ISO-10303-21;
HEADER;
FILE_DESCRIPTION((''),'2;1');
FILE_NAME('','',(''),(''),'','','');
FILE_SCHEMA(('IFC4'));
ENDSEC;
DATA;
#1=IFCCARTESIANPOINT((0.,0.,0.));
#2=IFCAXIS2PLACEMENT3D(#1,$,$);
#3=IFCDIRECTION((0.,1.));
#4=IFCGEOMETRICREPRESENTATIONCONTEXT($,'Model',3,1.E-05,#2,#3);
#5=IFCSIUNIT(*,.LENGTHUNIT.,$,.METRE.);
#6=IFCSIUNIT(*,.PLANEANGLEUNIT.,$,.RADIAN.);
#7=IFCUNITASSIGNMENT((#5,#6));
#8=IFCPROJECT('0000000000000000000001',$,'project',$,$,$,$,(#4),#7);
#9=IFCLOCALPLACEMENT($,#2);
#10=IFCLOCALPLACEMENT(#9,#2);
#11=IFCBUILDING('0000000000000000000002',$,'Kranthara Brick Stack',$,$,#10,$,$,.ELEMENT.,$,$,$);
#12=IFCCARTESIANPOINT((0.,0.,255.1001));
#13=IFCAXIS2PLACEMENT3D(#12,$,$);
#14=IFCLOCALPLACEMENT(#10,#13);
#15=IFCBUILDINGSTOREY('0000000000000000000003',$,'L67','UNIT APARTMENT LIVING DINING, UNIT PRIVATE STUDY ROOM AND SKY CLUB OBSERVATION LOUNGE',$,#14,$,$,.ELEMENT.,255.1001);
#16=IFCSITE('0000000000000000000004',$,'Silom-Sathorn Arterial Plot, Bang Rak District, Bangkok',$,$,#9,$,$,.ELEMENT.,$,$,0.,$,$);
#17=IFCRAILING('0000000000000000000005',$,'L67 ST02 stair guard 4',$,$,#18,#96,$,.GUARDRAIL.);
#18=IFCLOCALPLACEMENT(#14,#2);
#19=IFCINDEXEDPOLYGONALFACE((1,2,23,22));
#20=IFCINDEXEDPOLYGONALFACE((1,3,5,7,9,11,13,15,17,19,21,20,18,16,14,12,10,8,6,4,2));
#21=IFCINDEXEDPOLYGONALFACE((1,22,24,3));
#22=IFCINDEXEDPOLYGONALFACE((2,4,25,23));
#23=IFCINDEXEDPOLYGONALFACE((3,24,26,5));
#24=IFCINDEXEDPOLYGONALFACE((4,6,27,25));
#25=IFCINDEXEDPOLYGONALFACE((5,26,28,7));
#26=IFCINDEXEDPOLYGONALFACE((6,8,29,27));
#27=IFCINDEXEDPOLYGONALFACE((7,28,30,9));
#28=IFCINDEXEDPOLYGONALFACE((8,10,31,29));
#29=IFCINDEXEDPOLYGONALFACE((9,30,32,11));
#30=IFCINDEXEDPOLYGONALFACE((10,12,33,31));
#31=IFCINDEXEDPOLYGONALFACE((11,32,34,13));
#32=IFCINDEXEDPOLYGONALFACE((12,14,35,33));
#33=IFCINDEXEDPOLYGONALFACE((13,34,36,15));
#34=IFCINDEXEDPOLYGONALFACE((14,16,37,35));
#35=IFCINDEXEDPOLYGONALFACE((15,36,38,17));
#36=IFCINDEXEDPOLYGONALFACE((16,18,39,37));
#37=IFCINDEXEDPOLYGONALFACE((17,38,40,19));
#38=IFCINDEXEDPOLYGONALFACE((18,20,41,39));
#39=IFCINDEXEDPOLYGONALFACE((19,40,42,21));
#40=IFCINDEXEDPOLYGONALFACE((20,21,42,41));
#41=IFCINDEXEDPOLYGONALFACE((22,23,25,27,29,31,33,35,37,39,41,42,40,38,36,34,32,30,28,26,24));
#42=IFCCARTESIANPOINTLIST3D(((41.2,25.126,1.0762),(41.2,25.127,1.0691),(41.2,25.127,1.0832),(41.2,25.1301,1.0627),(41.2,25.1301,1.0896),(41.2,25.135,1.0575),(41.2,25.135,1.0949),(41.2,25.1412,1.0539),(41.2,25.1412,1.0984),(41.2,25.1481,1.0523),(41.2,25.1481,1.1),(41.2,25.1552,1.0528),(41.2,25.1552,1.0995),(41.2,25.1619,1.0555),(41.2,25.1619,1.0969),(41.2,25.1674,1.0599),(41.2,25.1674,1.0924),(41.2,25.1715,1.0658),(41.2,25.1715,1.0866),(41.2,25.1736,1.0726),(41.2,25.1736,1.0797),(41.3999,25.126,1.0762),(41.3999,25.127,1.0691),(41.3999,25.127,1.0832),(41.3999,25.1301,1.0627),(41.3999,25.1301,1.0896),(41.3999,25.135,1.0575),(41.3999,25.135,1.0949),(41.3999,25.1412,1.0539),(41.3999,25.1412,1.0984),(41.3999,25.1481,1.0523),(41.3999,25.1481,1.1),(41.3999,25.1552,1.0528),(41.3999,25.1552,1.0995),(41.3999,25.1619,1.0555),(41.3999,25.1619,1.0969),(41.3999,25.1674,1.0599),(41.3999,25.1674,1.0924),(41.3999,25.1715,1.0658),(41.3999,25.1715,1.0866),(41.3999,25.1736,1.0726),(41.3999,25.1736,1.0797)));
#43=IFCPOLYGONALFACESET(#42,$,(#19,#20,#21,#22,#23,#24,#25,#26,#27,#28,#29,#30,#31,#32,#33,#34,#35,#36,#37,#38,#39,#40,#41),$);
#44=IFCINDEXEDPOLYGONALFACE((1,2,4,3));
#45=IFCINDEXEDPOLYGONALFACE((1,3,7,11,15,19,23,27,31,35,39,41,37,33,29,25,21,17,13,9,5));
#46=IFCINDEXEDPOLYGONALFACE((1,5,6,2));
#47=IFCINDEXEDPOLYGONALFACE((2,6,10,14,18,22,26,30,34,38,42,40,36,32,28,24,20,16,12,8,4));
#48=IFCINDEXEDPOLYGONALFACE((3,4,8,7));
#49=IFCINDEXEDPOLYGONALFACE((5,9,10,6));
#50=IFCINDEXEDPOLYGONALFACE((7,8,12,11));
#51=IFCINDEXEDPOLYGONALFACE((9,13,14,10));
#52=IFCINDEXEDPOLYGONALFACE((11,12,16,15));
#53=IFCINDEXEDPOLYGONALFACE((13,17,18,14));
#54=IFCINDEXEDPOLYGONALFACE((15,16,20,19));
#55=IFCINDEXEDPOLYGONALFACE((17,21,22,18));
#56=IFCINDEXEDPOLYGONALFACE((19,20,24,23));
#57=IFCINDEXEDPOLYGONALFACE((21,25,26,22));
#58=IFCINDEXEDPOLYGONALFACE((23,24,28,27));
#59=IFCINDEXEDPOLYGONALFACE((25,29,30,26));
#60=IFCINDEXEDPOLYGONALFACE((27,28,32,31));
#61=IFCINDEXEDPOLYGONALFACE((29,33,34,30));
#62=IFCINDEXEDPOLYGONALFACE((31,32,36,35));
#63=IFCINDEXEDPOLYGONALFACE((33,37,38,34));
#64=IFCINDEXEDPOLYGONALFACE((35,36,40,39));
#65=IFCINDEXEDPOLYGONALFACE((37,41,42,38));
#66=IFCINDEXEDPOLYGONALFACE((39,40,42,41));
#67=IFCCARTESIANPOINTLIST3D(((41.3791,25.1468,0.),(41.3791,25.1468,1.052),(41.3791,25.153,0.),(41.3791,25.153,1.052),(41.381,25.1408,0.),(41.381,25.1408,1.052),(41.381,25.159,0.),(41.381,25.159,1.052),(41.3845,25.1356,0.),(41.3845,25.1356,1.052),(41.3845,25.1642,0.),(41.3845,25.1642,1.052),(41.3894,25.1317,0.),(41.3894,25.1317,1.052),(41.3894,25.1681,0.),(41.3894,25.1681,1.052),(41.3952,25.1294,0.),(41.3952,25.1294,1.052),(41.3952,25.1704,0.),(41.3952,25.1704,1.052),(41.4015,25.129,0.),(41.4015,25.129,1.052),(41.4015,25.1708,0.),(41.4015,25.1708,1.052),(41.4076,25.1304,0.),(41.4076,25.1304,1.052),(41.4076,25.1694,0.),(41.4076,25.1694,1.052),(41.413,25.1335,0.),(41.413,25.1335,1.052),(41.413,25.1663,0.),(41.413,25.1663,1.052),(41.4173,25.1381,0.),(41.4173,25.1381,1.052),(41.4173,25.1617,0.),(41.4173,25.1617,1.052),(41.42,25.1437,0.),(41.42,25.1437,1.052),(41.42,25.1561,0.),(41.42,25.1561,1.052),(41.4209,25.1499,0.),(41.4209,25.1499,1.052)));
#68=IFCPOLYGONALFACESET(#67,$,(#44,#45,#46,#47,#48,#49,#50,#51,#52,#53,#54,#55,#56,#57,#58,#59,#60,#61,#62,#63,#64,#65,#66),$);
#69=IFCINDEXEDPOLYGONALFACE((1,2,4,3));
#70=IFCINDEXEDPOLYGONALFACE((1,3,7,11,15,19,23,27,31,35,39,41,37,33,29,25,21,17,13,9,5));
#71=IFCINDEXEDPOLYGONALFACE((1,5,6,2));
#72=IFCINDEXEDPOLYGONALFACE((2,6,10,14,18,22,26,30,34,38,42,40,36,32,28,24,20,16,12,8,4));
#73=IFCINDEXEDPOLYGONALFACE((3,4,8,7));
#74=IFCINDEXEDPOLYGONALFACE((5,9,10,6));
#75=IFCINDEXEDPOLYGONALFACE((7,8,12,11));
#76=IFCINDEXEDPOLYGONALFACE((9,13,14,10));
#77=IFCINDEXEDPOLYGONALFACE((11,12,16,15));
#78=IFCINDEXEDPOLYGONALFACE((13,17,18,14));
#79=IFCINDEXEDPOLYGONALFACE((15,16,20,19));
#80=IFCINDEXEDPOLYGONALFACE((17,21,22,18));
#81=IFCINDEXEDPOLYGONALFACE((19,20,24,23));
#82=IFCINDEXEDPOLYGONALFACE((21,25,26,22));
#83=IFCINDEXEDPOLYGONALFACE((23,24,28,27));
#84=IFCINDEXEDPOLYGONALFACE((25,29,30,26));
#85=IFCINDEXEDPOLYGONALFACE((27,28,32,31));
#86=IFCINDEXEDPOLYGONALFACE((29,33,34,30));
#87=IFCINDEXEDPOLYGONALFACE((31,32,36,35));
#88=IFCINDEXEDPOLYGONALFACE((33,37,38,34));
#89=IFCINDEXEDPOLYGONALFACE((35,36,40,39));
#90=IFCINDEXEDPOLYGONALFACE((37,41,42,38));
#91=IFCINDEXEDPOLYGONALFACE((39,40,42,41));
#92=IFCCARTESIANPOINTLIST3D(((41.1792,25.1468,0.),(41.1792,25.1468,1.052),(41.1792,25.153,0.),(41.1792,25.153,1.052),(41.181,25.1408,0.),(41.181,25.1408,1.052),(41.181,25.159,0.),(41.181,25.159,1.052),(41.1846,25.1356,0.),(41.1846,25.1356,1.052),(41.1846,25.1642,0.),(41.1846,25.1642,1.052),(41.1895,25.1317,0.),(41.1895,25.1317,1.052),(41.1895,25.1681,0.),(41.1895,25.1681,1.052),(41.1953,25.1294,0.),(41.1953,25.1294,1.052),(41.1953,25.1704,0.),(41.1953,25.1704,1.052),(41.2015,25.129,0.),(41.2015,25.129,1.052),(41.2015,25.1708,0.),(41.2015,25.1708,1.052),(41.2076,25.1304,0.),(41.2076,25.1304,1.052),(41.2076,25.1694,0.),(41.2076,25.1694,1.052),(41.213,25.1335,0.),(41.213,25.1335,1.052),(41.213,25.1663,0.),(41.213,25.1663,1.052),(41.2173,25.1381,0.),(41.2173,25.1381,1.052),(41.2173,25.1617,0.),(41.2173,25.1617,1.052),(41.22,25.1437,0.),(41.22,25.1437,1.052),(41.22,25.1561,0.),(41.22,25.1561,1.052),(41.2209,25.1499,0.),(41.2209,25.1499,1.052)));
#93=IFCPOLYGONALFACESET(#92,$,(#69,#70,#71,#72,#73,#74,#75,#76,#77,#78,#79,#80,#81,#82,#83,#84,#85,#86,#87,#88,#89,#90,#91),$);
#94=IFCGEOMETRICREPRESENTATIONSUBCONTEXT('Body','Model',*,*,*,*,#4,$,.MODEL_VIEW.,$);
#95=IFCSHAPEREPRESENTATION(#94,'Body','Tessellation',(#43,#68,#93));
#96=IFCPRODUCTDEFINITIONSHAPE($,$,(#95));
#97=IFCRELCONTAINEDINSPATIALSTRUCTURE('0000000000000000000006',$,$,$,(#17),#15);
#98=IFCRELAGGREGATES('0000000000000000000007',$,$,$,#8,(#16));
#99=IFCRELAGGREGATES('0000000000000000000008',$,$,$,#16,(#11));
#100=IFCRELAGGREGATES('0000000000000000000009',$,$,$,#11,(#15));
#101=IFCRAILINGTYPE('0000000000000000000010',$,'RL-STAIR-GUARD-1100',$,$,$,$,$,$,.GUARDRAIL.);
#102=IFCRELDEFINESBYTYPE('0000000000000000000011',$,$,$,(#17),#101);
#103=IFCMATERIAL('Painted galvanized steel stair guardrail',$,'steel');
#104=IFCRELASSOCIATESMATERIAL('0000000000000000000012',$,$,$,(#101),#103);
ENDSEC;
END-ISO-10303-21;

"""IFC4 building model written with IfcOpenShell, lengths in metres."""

from ifc_helpers import new_model, si_unit, direction, frame, origin, origin_2d, place, context, subcontext, project, spatial, circle, extrude, material, type_object, element, save


model = new_model("IFC4")

# Units and contexts
model_context = context("Model", 3, precision=1e-05, world=origin(), true_north=direction((0.0, 1.0)))
body_context = subcontext(model_context, "Body", "Model", "MODEL_VIEW")
ifc_project = project(units=[si_unit("LENGTHUNIT", "METRE"), si_unit("PLANEANGLEUNIT", "RADIAN")], contexts=[model_context])

# Site, building, storey
site_placement = place(None, origin())
site = spatial("IfcSite", under=ifc_project, at=site_placement, Name="Silom-Sathorn Arterial Plot, Bang Rak District, Bangkok", CompositionType="ELEMENT", RefElevation=0.0)
building_placement = place(site_placement, origin())
building = spatial("IfcBuilding", under=site, at=building_placement, Name="Kranthara Brick Stack", CompositionType="ELEMENT")
storey_placement = place(building_placement, frame((0.0, 0.0, 255.1001)))
storey = spatial("IfcBuildingStorey", under=building, at=storey_placement, Name="L67", Description="UNIT APARTMENT LIVING DINING, UNIT PRIVATE STUDY ROOM AND SKY CLUB OBSERVATION LOUNGE", CompositionType="ELEMENT", Elevation=255.1001)

# Railing
ifc_material_1 = material(Name="Painted galvanized steel stair guardrail", Category="steel")
railing_type_1 = type_object("IfcRailingType", Name="RL-STAIR-GUARD-1100", PredefinedType="GUARDRAIL", material=ifc_material_1)
railing_1_placement = place(storey_placement, frame((41.3999, 25.1499, 0.0)))
element("IfcRailing", 1, at=railing_1_placement, inside=storey, type_object=railing_type_1, Name="L67 ST02 stair guard 4", PredefinedType="GUARDRAIL", context=body_context, shape_type="SweptSolid", body=[
    extrude(circle(Radius=0.0239, at=origin_2d()), frame((0.0, 0.0, 1.0762), z_axis=(-1.0, 0.0, 0.0), x_axis=(0.0, -1.0, 0.0)), (0.0, 0.0, 1.0), 0.2),
    extrude(circle(Radius=0.021, at=origin_2d()), origin(), (0.0, 0.0, 1.0), 1.052),
    extrude(circle(Radius=0.021, at=origin_2d()), frame((-0.2, 0.0, 0.0)), (0.0, 0.0, 1.0), 1.052),
])

save(model, "model.ifc")
